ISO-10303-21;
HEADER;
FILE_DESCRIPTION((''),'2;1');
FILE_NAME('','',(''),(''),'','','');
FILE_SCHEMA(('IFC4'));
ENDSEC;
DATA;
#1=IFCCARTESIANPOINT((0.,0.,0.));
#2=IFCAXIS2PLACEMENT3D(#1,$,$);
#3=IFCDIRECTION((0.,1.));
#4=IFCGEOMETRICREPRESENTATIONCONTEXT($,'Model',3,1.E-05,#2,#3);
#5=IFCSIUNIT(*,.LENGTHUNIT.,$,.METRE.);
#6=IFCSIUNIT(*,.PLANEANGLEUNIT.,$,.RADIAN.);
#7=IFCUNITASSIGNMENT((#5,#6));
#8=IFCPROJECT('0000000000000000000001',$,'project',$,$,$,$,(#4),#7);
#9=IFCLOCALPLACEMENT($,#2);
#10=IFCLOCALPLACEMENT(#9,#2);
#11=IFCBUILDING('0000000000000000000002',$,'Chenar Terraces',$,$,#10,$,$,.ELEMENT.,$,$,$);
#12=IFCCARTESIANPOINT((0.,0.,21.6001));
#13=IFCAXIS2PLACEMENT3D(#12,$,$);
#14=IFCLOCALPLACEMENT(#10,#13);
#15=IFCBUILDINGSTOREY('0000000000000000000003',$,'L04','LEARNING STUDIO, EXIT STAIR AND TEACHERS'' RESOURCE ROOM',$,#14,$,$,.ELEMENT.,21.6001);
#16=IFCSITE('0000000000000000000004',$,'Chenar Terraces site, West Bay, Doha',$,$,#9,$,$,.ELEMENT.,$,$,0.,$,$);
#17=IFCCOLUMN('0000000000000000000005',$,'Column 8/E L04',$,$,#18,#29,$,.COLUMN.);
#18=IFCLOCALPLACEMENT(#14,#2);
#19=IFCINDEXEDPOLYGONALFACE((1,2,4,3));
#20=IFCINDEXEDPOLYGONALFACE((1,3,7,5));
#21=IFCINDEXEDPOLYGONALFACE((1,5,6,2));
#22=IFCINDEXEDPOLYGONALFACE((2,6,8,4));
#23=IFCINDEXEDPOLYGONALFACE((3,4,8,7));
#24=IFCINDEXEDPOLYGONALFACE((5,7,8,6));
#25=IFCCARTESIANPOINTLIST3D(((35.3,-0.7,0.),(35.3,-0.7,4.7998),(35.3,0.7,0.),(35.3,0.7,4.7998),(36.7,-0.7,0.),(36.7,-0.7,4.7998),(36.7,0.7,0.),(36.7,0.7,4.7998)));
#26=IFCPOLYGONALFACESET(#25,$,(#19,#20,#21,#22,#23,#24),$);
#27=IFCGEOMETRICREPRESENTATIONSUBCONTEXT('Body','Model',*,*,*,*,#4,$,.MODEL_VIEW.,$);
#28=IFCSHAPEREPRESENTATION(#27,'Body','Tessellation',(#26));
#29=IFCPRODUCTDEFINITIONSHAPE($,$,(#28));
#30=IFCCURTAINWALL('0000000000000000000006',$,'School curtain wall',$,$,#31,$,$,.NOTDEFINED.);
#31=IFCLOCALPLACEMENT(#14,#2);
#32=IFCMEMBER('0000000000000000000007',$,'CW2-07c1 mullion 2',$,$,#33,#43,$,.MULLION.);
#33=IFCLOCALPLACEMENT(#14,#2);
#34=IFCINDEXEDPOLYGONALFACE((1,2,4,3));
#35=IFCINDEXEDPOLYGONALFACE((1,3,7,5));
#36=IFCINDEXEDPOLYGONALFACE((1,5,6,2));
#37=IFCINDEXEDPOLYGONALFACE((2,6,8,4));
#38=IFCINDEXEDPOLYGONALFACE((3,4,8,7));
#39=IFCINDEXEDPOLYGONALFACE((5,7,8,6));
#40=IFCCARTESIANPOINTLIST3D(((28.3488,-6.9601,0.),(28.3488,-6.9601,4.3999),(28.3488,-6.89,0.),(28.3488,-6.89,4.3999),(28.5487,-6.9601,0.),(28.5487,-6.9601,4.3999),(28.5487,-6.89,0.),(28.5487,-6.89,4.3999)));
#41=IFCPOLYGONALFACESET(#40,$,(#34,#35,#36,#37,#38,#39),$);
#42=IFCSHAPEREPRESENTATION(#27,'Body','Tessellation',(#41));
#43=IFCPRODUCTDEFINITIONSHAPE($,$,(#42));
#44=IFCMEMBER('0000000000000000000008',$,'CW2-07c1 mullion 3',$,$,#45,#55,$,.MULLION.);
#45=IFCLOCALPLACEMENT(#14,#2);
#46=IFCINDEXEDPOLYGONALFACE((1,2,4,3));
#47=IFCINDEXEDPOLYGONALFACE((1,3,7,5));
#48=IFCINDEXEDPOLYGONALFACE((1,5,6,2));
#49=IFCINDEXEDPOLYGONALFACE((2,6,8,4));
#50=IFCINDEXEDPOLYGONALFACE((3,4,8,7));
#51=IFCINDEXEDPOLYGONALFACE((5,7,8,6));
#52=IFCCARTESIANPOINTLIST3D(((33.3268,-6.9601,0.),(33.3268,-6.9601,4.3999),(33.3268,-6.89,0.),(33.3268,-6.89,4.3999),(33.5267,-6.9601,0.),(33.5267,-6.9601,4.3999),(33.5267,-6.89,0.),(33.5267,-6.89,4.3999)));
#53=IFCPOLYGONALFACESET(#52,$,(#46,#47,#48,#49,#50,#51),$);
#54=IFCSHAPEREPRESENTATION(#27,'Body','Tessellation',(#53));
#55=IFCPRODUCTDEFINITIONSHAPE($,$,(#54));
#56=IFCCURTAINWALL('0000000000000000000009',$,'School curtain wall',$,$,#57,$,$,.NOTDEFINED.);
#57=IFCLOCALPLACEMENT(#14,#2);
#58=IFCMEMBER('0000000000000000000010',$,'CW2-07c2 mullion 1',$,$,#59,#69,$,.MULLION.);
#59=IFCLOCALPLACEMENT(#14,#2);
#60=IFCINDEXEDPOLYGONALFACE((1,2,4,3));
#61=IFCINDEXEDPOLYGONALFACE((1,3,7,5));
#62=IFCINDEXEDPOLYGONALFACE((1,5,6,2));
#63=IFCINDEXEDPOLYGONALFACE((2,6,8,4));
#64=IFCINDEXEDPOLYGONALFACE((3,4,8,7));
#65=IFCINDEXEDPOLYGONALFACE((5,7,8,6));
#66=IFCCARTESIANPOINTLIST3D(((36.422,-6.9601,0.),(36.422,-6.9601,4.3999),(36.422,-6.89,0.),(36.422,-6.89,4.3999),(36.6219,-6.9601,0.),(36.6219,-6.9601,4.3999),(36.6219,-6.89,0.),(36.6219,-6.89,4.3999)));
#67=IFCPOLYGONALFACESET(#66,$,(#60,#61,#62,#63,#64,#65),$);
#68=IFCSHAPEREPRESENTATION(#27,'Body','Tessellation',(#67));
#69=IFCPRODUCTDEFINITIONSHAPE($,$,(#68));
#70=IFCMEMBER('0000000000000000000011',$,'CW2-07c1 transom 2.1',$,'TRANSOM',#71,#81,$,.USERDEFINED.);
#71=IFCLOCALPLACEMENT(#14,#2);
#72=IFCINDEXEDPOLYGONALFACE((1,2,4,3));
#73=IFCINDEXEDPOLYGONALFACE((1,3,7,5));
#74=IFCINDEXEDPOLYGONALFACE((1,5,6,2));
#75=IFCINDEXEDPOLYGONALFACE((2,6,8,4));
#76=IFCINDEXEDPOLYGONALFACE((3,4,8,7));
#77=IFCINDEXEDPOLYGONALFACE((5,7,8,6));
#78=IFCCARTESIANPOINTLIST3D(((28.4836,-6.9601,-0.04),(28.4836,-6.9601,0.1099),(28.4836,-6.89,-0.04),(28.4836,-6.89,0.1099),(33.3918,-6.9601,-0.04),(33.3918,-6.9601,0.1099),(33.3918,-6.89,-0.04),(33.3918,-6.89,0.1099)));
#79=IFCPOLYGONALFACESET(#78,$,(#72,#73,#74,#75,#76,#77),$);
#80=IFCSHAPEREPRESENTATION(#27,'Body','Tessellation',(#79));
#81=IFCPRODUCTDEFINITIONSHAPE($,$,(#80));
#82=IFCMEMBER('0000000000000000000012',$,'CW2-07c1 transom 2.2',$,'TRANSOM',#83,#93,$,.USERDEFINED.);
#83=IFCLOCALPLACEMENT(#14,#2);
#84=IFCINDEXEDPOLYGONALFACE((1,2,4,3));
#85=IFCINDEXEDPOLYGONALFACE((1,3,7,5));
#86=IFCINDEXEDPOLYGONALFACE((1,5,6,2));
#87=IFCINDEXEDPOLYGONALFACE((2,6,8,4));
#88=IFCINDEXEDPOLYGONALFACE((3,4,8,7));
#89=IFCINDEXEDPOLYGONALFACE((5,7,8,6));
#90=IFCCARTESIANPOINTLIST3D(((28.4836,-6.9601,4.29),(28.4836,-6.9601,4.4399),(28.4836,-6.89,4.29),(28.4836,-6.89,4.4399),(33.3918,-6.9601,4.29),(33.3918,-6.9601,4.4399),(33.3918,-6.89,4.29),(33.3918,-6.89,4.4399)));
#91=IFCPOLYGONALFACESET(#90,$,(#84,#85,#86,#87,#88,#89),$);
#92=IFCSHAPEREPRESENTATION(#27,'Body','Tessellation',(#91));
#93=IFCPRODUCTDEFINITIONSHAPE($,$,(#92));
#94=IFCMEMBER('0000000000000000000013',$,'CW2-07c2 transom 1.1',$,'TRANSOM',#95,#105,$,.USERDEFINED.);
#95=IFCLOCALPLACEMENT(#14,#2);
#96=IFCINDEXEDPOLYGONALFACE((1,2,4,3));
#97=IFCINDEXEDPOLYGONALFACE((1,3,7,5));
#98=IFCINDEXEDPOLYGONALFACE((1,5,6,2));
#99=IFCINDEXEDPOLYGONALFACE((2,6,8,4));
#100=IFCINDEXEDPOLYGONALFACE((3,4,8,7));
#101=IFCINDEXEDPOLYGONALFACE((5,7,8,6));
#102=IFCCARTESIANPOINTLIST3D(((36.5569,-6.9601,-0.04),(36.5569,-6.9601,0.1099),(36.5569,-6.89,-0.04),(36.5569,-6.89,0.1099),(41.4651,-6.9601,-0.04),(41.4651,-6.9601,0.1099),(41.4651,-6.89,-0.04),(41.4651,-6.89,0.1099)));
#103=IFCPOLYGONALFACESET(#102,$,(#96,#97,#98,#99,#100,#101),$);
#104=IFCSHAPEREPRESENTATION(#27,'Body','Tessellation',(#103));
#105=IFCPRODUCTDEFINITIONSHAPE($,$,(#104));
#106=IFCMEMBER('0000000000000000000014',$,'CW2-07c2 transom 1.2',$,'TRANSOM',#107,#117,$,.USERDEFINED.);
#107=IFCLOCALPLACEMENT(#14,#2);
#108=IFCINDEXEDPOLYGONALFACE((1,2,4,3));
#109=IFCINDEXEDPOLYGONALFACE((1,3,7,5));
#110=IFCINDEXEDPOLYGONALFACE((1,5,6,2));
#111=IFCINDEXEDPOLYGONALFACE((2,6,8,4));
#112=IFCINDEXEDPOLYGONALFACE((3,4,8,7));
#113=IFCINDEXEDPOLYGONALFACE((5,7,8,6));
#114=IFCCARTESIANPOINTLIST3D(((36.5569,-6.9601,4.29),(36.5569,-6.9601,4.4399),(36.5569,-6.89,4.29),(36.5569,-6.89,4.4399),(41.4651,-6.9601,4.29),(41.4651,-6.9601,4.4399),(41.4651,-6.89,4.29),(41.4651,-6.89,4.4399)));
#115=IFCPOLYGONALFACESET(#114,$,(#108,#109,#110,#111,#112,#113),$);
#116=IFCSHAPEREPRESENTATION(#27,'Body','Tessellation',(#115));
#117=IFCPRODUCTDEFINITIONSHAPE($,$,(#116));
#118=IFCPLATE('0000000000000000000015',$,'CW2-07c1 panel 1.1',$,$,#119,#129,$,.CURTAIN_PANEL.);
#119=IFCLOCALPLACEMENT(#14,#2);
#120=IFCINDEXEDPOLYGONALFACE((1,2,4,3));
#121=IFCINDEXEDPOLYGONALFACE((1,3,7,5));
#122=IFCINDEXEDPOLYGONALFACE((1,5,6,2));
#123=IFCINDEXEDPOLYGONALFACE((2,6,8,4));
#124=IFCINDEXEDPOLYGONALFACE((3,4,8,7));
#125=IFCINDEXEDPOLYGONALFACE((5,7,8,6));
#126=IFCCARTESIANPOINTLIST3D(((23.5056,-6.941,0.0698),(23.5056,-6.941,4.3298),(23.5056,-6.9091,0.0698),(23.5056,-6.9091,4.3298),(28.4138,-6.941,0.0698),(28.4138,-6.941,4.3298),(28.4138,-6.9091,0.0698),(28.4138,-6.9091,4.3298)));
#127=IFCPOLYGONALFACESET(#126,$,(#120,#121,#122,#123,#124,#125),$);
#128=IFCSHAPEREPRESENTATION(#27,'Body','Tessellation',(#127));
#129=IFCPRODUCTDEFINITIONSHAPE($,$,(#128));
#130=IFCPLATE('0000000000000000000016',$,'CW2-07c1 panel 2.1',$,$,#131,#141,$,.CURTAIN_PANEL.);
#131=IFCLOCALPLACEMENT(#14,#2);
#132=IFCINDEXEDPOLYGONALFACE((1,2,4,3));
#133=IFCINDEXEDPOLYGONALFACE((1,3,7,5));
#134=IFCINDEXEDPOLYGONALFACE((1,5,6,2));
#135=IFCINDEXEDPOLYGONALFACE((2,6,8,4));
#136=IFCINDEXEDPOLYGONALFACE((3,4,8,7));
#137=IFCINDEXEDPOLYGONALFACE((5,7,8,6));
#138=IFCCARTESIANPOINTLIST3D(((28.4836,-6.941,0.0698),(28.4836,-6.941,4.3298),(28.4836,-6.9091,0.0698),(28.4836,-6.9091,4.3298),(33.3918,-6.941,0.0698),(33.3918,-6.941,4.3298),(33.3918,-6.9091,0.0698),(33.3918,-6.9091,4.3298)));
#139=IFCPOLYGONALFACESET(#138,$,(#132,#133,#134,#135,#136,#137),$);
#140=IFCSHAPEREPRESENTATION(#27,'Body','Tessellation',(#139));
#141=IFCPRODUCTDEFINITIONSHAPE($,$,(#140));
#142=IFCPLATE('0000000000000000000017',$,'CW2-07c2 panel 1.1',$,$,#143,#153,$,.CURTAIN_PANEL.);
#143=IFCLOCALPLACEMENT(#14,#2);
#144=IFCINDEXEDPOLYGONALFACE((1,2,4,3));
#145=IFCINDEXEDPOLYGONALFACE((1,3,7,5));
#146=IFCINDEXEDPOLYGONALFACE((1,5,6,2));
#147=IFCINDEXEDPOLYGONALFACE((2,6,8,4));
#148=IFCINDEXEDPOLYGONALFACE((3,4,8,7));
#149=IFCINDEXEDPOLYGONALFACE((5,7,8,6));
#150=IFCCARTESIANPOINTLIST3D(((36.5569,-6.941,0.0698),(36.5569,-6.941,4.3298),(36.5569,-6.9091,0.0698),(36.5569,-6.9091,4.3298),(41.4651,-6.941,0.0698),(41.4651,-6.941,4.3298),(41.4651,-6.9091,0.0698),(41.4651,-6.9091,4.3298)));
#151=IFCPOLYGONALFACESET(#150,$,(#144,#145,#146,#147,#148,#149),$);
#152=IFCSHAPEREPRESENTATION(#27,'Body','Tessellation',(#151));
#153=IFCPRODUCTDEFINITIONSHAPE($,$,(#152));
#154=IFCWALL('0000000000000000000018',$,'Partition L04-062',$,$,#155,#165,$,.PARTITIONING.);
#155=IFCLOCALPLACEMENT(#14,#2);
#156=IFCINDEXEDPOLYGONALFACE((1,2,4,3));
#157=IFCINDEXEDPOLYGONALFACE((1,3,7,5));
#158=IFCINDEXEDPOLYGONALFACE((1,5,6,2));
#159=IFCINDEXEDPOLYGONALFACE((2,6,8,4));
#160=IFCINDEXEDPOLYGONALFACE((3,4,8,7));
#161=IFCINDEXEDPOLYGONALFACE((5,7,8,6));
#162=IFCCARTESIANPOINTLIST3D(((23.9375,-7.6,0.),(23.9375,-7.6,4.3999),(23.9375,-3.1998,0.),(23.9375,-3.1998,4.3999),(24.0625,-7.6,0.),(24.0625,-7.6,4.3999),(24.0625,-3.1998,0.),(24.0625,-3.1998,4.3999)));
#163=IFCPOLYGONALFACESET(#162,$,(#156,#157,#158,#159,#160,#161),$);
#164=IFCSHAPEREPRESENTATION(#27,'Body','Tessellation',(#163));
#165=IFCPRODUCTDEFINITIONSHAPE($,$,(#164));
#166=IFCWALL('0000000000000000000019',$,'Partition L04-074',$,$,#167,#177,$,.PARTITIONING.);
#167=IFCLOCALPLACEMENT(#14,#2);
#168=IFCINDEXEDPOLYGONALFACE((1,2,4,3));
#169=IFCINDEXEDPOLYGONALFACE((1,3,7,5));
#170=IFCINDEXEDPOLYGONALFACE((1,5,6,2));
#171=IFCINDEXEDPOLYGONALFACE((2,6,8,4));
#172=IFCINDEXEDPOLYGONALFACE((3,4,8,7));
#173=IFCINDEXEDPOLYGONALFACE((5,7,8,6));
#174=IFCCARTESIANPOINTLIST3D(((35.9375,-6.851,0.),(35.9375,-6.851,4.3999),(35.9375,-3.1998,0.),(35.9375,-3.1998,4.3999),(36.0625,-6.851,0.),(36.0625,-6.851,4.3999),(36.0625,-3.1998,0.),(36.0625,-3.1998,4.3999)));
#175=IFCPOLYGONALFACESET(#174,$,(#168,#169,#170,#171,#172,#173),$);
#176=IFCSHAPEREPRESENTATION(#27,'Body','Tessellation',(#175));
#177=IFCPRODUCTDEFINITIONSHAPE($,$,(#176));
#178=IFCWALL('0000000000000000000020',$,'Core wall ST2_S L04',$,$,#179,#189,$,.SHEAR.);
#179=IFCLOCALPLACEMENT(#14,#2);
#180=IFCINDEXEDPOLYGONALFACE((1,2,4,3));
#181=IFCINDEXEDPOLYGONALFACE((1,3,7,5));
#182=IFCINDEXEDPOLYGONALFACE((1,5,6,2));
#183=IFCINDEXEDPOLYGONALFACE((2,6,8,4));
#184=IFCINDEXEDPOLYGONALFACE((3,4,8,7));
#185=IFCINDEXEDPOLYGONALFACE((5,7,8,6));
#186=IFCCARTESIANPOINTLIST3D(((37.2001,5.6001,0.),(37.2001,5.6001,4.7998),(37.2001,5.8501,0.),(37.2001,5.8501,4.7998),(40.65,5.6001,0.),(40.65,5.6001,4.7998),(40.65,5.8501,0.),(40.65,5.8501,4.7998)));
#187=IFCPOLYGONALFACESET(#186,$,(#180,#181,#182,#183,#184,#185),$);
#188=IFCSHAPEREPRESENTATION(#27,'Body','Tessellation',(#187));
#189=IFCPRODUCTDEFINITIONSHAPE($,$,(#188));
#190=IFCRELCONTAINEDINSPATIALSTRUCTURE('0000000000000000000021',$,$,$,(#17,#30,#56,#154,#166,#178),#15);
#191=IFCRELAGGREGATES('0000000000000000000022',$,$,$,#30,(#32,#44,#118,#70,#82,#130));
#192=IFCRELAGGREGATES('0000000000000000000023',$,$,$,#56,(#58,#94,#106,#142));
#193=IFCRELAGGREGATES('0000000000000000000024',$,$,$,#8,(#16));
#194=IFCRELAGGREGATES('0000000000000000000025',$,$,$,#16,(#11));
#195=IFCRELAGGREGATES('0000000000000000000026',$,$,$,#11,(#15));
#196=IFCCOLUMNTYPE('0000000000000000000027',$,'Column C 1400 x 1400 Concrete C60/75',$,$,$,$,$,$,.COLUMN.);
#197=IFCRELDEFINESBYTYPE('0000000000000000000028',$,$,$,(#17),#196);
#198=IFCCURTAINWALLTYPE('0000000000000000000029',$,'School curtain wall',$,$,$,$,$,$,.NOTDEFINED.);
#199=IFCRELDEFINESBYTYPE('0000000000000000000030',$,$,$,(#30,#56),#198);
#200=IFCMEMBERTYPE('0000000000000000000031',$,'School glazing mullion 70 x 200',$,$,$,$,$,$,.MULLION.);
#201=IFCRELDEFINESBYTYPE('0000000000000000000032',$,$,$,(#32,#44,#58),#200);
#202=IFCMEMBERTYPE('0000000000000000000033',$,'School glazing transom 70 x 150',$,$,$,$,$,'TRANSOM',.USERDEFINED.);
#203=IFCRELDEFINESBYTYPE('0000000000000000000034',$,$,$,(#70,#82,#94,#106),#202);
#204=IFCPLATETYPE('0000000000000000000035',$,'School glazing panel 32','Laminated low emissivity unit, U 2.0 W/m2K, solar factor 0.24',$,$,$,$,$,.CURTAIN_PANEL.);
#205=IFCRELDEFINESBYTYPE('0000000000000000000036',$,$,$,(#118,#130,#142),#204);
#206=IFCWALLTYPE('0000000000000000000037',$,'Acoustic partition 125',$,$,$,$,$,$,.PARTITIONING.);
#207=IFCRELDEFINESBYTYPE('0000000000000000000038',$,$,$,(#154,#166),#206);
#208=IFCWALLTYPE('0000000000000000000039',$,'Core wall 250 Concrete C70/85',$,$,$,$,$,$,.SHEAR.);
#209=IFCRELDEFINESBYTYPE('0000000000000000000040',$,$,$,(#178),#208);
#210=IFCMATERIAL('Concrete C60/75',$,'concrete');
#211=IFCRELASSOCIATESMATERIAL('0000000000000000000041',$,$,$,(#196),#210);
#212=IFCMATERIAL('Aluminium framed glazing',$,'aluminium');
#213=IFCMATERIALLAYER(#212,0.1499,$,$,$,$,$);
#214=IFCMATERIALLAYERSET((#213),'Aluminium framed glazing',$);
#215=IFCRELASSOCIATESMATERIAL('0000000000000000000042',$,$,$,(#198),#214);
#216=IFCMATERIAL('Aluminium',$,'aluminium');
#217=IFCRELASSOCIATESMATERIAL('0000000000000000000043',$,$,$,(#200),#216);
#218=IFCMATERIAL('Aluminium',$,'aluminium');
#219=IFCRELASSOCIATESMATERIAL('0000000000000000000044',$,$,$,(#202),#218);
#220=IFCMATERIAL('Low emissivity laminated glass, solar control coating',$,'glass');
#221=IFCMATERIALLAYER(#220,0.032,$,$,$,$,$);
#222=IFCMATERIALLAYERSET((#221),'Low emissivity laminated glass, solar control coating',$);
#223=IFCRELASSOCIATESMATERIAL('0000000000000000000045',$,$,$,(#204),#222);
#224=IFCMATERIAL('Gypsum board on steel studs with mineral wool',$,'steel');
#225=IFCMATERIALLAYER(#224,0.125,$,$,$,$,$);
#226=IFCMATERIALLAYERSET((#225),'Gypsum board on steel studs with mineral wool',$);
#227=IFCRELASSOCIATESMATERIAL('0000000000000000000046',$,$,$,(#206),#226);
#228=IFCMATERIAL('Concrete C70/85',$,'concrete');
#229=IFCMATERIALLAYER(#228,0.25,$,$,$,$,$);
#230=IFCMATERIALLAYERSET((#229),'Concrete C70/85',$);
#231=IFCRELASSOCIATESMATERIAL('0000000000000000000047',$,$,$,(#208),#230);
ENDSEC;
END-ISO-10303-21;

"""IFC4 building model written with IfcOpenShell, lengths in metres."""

from ifc_helpers import new_model, si_unit, direction, frame, frame_2d, origin, origin_2d, place, context, subcontext, project, spatial, rectangle, extrude, material, layer, layer_set, material_profile, profile_set, type_object, element, aggregate, save


model = new_model("IFC4")

# Units and contexts
model_context = context("Model", 3, precision=1e-05, world=origin(), true_north=direction((0.0, 1.0)))
body_context = subcontext(model_context, "Body", "Model", "MODEL_VIEW")
ifc_project = project(units=[si_unit("LENGTHUNIT", "METRE"), si_unit("PLANEANGLEUNIT", "RADIAN")], contexts=[model_context])

# Site, building, storey
site_placement = place(None, origin())
site = spatial("IfcSite", under=ifc_project, at=site_placement, Name="Chenar Terraces site, West Bay, Doha", CompositionType="ELEMENT", RefElevation=0.0)
building_placement = place(site_placement, origin())
building = spatial("IfcBuilding", under=site, at=building_placement, Name="Chenar Terraces", CompositionType="ELEMENT")
storey_placement = place(building_placement, frame((0.0, 0.0, 21.6001)))
storey = spatial("IfcBuildingStorey", under=building, at=storey_placement, Name="L04", Description="LEARNING STUDIO, EXIT STAIR AND TEACHERS' RESOURCE ROOM", CompositionType="ELEMENT", Elevation=21.6001)

# Column
ifc_material_1 = material(Name="Concrete C60/75", Category="concrete")
ifc_material_profile_1 = material_profile(ifc_material_1, rectangle(XDim=1.3999, YDim=1.3999, at=origin_2d()), Name="C 1400 x 1400")
ifc_profile_set_1 = profile_set([ifc_material_profile_1], Name="Concrete C60/75")
column_type = type_object("IfcColumnType", Name="Column C 1400 x 1400 Concrete C60/75", PredefinedType="COLUMN", material=ifc_profile_set_1)
column_placement = place(storey_placement, frame((36.0, 0.0, 0.0), z_axis=(0.0, 0.0, 1.0), x_axis=(1.0, 0.0, 0.0)))
element("IfcColumn", 1, at=column_placement, inside=storey, type_object=column_type, Name="Column 8/E L04", PredefinedType="COLUMN", context=body_context, shape_type="SweptSolid", body=[
    extrude(rectangle(XDim=1.3999, YDim=1.3999, at=origin_2d()), origin(), (0.0, 0.0, 1.0), 4.7998),
])

# Curtain wall, members
ifc_material_2 = material(Name="Aluminium framed glazing", Category="aluminium")
ifc_layer_1 = layer(ifc_material_2, 0.1499)
ifc_layer_set_1 = layer_set([ifc_layer_1], Name="Aluminium framed glazing")
curtain_wall_type = type_object("IfcCurtainWallType", Name="School curtain wall", PredefinedType="NOTDEFINED", material=ifc_layer_set_1)
placement = place(storey_placement, origin())
curtain_wall_1 = element("IfcCurtainWall", 2, at=placement, inside=storey, type_object=curtain_wall_type, Name="School curtain wall", PredefinedType="NOTDEFINED")
ifc_material_3 = material(Name="Aluminium", Category="aluminium")
ifc_material_profile_2 = material_profile(ifc_material_3, rectangle(XDim=0.0701, YDim=0.2, at=origin_2d()), Name="School glazing mullion 70 x 200")
ifc_profile_set_2 = profile_set([ifc_material_profile_2], Name="Aluminium")
member_type_1 = type_object("IfcMemberType", Name="School glazing mullion 70 x 200", PredefinedType="MULLION", material=ifc_profile_set_2)
member_1_placement = place(storey_placement, frame((28.4487, -6.925, 0.0), z_axis=(0.0, 0.0, 1.0), x_axis=(0.0, 1.0, 0.0)))
member_1 = element("IfcMember", 3, at=member_1_placement, type_object=member_type_1, Name="CW2-07c1 mullion 2", PredefinedType="MULLION", context=body_context, shape_type="SweptSolid", body=[
    extrude(rectangle(XDim=0.0701, YDim=0.2, at=origin_2d()), origin(), (0.0, 0.0, 1.0), 4.3999),
])
member_2_placement = place(storey_placement, frame((33.4268, -6.925, 0.0), z_axis=(0.0, 0.0, 1.0), x_axis=(0.0, 1.0, 0.0)))
member_2 = element("IfcMember", 4, at=member_2_placement, type_object=member_type_1, Name="CW2-07c1 mullion 3", PredefinedType="MULLION", context=body_context, shape_type="SweptSolid", body=[
    extrude(rectangle(XDim=0.0701, YDim=0.2, at=origin_2d()), origin(), (0.0, 0.0, 1.0), 4.3999),
])

# Curtain wall, member
curtain_wall_2 = element("IfcCurtainWall", 5, at=placement, inside=storey, type_object=curtain_wall_type, Name="School curtain wall", PredefinedType="NOTDEFINED")
member_3_placement = place(storey_placement, frame((36.522, -6.925, 0.0), z_axis=(0.0, 0.0, 1.0), x_axis=(0.0, 1.0, 0.0)))
member_3 = element("IfcMember", 6, at=member_3_placement, type_object=member_type_1, Name="CW2-07c2 mullion 1", PredefinedType="MULLION", context=body_context, shape_type="SweptSolid", body=[
    extrude(rectangle(XDim=0.0701, YDim=0.2, at=origin_2d()), origin(), (0.0, 0.0, 1.0), 4.3999),
])

# Members
ifc_material_4 = material(Name="Aluminium", Category="aluminium")
ifc_material_profile_3 = material_profile(ifc_material_4, rectangle(XDim=0.0701, YDim=0.1499, at=origin_2d()), Name="School glazing transom 70 x 150")
ifc_profile_set_3 = profile_set([ifc_material_profile_3], Name="Aluminium")
member_type_2 = type_object("IfcMemberType", Name="School glazing transom 70 x 150", ElementType="TRANSOM", PredefinedType="USERDEFINED", material=ifc_profile_set_3)
member_4_placement = place(storey_placement, frame((28.4836, -6.925, 0.0349), z_axis=(1.0, 0.0, 0.0), x_axis=(0.0, 1.0, 0.0)))
member_4 = element("IfcMember", 7, at=member_4_placement, type_object=member_type_2, Name="CW2-07c1 transom 2.1", ObjectType="TRANSOM", PredefinedType="USERDEFINED", context=body_context, shape_type="SweptSolid", body=[
    extrude(rectangle(XDim=0.0701, YDim=0.1499, at=origin_2d()), origin(), (0.0, 0.0, 1.0), 4.9082),
])
member_5_placement = place(storey_placement, frame((28.4836, -6.925, 4.365), z_axis=(1.0, 0.0, 0.0), x_axis=(0.0, 1.0, 0.0)))
member_5 = element("IfcMember", 8, at=member_5_placement, type_object=member_type_2, Name="CW2-07c1 transom 2.2", ObjectType="TRANSOM", PredefinedType="USERDEFINED", context=body_context, shape_type="SweptSolid", body=[
    extrude(rectangle(XDim=0.0701, YDim=0.1499, at=origin_2d()), origin(), (0.0, 0.0, 1.0), 4.9082),
])
member_6_placement = place(storey_placement, frame((36.5569, -6.925, 0.0349), z_axis=(1.0, 0.0, 0.0), x_axis=(0.0, 1.0, 0.0)))
member_6 = element("IfcMember", 9, at=member_6_placement, type_object=member_type_2, Name="CW2-07c2 transom 1.1", ObjectType="TRANSOM", PredefinedType="USERDEFINED", context=body_context, shape_type="SweptSolid", body=[
    extrude(rectangle(XDim=0.0701, YDim=0.1499, at=origin_2d()), origin(), (0.0, 0.0, 1.0), 4.9082),
])
member_7_placement = place(storey_placement, frame((36.5569, -6.925, 4.365), z_axis=(1.0, 0.0, 0.0), x_axis=(0.0, 1.0, 0.0)))
member_7 = element("IfcMember", 10, at=member_7_placement, type_object=member_type_2, Name="CW2-07c2 transom 1.2", ObjectType="TRANSOM", PredefinedType="USERDEFINED", context=body_context, shape_type="SweptSolid", body=[
    extrude(rectangle(XDim=0.0701, YDim=0.1499, at=origin_2d()), origin(), (0.0, 0.0, 1.0), 4.9082),
])

# Plates
ifc_material_5 = material(Name="Low emissivity laminated glass, solar control coating", Category="glass")
ifc_layer_2 = layer(ifc_material_5, 0.032)
ifc_layer_set_2 = layer_set([ifc_layer_2], Name="Low emissivity laminated glass, solar control coating")
plate_type = type_object("IfcPlateType", Name="School glazing panel 32", Description="Laminated low emissivity unit, U 2.0 W/m2K, solar factor 0.24", PredefinedType="CURTAIN_PANEL", material=ifc_layer_set_2)
plate_1_placement = place(storey_placement, frame((25.9597, -6.925, 0.0698), z_axis=(0.0, 0.0, 1.0), x_axis=(1.0, 0.0, 0.0)))
plate_1 = element("IfcPlate", 11, at=plate_1_placement, type_object=plate_type, Name="CW2-07c1 panel 1.1", PredefinedType="CURTAIN_PANEL", context=body_context, shape_type="SweptSolid", body=[
    extrude(rectangle(XDim=4.9082, YDim=0.032, at=origin_2d()), origin(), (0.0, 0.0, 1.0), 4.26),
])
plate_2_placement = place(storey_placement, frame((30.9377, -6.925, 0.0698), z_axis=(0.0, 0.0, 1.0), x_axis=(1.0, 0.0, 0.0)))
plate_2 = element("IfcPlate", 12, at=plate_2_placement, type_object=plate_type, Name="CW2-07c1 panel 2.1", PredefinedType="CURTAIN_PANEL", context=body_context, shape_type="SweptSolid", body=[
    extrude(rectangle(XDim=4.9082, YDim=0.032, at=origin_2d()), origin(), (0.0, 0.0, 1.0), 4.26),
])
aggregate(curtain_wall_1, [member_1, member_2, plate_1, member_4, member_5, plate_2])
plate_3_placement = place(storey_placement, frame((39.011, -6.925, 0.0698), z_axis=(0.0, 0.0, 1.0), x_axis=(1.0, 0.0, 0.0)))
plate_3 = element("IfcPlate", 13, at=plate_3_placement, type_object=plate_type, Name="CW2-07c2 panel 1.1", PredefinedType="CURTAIN_PANEL", context=body_context, shape_type="SweptSolid", body=[
    extrude(rectangle(XDim=4.9082, YDim=0.032, at=origin_2d()), origin(), (0.0, 0.0, 1.0), 4.26),
])
aggregate(curtain_wall_2, [member_3, member_6, member_7, plate_3])

# Walls
ifc_material_6 = material(Name="Gypsum board on steel studs with mineral wool", Category="steel")
ifc_layer_3 = layer(ifc_material_6, 0.125)
ifc_layer_set_3 = layer_set([ifc_layer_3], Name="Gypsum board on steel studs with mineral wool")
wall_type_1 = type_object("IfcWallType", Name="Acoustic partition 125", PredefinedType="PARTITIONING", material=ifc_layer_set_3)
wall_1_placement = place(storey_placement, frame((24.0, -7.6001, 0.0), z_axis=(0.0, 0.0, 1.0), x_axis=(0.0, 1.0, 0.0)))
element("IfcWall", 14, at=wall_1_placement, inside=storey, type_object=wall_type_1, Name="Partition L04-062", PredefinedType="PARTITIONING", context=body_context, shape_type="SweptSolid", body=[
    extrude(rectangle(XDim=4.4001, YDim=0.125, at=frame_2d((2.2002, 0.0))), origin(), (0.0, 0.0, 1.0), 4.3999),
])
wall_2_placement = place(storey_placement, frame((36.0, -6.8511, 0.0), z_axis=(0.0, 0.0, 1.0), x_axis=(0.0, 1.0, 0.0)))
element("IfcWall", 15, at=wall_2_placement, inside=storey, type_object=wall_type_1, Name="Partition L04-074", PredefinedType="PARTITIONING", context=body_context, shape_type="SweptSolid", body=[
    extrude(rectangle(XDim=3.6511, YDim=0.125, at=frame_2d((1.8257, 0.0))), origin(), (0.0, 0.0, 1.0), 4.3999),
])
ifc_material_7 = material(Name="Concrete C70/85", Category="concrete")
ifc_layer_4 = layer(ifc_material_7, 0.25)
ifc_layer_set_4 = layer_set([ifc_layer_4], Name="Concrete C70/85")
wall_type_2 = type_object("IfcWallType", Name="Core wall 250 Concrete C70/85", PredefinedType="SHEAR", material=ifc_layer_set_4)
wall_3_placement = place(storey_placement, frame((37.2, 5.7251, 0.0), z_axis=(0.0, 0.0, 1.0), x_axis=(1.0, 0.0, 0.0)))
element("IfcWall", 16, at=wall_3_placement, inside=storey, type_object=wall_type_2, Name="Core wall ST2_S L04", PredefinedType="SHEAR", context=body_context, shape_type="SweptSolid", body=[
    extrude(rectangle(XDim=3.45, YDim=0.25, at=frame_2d((1.7251, 0.0))), origin(), (0.0, 0.0, 1.0), 4.7998),
])

save(model, "model.ifc")
